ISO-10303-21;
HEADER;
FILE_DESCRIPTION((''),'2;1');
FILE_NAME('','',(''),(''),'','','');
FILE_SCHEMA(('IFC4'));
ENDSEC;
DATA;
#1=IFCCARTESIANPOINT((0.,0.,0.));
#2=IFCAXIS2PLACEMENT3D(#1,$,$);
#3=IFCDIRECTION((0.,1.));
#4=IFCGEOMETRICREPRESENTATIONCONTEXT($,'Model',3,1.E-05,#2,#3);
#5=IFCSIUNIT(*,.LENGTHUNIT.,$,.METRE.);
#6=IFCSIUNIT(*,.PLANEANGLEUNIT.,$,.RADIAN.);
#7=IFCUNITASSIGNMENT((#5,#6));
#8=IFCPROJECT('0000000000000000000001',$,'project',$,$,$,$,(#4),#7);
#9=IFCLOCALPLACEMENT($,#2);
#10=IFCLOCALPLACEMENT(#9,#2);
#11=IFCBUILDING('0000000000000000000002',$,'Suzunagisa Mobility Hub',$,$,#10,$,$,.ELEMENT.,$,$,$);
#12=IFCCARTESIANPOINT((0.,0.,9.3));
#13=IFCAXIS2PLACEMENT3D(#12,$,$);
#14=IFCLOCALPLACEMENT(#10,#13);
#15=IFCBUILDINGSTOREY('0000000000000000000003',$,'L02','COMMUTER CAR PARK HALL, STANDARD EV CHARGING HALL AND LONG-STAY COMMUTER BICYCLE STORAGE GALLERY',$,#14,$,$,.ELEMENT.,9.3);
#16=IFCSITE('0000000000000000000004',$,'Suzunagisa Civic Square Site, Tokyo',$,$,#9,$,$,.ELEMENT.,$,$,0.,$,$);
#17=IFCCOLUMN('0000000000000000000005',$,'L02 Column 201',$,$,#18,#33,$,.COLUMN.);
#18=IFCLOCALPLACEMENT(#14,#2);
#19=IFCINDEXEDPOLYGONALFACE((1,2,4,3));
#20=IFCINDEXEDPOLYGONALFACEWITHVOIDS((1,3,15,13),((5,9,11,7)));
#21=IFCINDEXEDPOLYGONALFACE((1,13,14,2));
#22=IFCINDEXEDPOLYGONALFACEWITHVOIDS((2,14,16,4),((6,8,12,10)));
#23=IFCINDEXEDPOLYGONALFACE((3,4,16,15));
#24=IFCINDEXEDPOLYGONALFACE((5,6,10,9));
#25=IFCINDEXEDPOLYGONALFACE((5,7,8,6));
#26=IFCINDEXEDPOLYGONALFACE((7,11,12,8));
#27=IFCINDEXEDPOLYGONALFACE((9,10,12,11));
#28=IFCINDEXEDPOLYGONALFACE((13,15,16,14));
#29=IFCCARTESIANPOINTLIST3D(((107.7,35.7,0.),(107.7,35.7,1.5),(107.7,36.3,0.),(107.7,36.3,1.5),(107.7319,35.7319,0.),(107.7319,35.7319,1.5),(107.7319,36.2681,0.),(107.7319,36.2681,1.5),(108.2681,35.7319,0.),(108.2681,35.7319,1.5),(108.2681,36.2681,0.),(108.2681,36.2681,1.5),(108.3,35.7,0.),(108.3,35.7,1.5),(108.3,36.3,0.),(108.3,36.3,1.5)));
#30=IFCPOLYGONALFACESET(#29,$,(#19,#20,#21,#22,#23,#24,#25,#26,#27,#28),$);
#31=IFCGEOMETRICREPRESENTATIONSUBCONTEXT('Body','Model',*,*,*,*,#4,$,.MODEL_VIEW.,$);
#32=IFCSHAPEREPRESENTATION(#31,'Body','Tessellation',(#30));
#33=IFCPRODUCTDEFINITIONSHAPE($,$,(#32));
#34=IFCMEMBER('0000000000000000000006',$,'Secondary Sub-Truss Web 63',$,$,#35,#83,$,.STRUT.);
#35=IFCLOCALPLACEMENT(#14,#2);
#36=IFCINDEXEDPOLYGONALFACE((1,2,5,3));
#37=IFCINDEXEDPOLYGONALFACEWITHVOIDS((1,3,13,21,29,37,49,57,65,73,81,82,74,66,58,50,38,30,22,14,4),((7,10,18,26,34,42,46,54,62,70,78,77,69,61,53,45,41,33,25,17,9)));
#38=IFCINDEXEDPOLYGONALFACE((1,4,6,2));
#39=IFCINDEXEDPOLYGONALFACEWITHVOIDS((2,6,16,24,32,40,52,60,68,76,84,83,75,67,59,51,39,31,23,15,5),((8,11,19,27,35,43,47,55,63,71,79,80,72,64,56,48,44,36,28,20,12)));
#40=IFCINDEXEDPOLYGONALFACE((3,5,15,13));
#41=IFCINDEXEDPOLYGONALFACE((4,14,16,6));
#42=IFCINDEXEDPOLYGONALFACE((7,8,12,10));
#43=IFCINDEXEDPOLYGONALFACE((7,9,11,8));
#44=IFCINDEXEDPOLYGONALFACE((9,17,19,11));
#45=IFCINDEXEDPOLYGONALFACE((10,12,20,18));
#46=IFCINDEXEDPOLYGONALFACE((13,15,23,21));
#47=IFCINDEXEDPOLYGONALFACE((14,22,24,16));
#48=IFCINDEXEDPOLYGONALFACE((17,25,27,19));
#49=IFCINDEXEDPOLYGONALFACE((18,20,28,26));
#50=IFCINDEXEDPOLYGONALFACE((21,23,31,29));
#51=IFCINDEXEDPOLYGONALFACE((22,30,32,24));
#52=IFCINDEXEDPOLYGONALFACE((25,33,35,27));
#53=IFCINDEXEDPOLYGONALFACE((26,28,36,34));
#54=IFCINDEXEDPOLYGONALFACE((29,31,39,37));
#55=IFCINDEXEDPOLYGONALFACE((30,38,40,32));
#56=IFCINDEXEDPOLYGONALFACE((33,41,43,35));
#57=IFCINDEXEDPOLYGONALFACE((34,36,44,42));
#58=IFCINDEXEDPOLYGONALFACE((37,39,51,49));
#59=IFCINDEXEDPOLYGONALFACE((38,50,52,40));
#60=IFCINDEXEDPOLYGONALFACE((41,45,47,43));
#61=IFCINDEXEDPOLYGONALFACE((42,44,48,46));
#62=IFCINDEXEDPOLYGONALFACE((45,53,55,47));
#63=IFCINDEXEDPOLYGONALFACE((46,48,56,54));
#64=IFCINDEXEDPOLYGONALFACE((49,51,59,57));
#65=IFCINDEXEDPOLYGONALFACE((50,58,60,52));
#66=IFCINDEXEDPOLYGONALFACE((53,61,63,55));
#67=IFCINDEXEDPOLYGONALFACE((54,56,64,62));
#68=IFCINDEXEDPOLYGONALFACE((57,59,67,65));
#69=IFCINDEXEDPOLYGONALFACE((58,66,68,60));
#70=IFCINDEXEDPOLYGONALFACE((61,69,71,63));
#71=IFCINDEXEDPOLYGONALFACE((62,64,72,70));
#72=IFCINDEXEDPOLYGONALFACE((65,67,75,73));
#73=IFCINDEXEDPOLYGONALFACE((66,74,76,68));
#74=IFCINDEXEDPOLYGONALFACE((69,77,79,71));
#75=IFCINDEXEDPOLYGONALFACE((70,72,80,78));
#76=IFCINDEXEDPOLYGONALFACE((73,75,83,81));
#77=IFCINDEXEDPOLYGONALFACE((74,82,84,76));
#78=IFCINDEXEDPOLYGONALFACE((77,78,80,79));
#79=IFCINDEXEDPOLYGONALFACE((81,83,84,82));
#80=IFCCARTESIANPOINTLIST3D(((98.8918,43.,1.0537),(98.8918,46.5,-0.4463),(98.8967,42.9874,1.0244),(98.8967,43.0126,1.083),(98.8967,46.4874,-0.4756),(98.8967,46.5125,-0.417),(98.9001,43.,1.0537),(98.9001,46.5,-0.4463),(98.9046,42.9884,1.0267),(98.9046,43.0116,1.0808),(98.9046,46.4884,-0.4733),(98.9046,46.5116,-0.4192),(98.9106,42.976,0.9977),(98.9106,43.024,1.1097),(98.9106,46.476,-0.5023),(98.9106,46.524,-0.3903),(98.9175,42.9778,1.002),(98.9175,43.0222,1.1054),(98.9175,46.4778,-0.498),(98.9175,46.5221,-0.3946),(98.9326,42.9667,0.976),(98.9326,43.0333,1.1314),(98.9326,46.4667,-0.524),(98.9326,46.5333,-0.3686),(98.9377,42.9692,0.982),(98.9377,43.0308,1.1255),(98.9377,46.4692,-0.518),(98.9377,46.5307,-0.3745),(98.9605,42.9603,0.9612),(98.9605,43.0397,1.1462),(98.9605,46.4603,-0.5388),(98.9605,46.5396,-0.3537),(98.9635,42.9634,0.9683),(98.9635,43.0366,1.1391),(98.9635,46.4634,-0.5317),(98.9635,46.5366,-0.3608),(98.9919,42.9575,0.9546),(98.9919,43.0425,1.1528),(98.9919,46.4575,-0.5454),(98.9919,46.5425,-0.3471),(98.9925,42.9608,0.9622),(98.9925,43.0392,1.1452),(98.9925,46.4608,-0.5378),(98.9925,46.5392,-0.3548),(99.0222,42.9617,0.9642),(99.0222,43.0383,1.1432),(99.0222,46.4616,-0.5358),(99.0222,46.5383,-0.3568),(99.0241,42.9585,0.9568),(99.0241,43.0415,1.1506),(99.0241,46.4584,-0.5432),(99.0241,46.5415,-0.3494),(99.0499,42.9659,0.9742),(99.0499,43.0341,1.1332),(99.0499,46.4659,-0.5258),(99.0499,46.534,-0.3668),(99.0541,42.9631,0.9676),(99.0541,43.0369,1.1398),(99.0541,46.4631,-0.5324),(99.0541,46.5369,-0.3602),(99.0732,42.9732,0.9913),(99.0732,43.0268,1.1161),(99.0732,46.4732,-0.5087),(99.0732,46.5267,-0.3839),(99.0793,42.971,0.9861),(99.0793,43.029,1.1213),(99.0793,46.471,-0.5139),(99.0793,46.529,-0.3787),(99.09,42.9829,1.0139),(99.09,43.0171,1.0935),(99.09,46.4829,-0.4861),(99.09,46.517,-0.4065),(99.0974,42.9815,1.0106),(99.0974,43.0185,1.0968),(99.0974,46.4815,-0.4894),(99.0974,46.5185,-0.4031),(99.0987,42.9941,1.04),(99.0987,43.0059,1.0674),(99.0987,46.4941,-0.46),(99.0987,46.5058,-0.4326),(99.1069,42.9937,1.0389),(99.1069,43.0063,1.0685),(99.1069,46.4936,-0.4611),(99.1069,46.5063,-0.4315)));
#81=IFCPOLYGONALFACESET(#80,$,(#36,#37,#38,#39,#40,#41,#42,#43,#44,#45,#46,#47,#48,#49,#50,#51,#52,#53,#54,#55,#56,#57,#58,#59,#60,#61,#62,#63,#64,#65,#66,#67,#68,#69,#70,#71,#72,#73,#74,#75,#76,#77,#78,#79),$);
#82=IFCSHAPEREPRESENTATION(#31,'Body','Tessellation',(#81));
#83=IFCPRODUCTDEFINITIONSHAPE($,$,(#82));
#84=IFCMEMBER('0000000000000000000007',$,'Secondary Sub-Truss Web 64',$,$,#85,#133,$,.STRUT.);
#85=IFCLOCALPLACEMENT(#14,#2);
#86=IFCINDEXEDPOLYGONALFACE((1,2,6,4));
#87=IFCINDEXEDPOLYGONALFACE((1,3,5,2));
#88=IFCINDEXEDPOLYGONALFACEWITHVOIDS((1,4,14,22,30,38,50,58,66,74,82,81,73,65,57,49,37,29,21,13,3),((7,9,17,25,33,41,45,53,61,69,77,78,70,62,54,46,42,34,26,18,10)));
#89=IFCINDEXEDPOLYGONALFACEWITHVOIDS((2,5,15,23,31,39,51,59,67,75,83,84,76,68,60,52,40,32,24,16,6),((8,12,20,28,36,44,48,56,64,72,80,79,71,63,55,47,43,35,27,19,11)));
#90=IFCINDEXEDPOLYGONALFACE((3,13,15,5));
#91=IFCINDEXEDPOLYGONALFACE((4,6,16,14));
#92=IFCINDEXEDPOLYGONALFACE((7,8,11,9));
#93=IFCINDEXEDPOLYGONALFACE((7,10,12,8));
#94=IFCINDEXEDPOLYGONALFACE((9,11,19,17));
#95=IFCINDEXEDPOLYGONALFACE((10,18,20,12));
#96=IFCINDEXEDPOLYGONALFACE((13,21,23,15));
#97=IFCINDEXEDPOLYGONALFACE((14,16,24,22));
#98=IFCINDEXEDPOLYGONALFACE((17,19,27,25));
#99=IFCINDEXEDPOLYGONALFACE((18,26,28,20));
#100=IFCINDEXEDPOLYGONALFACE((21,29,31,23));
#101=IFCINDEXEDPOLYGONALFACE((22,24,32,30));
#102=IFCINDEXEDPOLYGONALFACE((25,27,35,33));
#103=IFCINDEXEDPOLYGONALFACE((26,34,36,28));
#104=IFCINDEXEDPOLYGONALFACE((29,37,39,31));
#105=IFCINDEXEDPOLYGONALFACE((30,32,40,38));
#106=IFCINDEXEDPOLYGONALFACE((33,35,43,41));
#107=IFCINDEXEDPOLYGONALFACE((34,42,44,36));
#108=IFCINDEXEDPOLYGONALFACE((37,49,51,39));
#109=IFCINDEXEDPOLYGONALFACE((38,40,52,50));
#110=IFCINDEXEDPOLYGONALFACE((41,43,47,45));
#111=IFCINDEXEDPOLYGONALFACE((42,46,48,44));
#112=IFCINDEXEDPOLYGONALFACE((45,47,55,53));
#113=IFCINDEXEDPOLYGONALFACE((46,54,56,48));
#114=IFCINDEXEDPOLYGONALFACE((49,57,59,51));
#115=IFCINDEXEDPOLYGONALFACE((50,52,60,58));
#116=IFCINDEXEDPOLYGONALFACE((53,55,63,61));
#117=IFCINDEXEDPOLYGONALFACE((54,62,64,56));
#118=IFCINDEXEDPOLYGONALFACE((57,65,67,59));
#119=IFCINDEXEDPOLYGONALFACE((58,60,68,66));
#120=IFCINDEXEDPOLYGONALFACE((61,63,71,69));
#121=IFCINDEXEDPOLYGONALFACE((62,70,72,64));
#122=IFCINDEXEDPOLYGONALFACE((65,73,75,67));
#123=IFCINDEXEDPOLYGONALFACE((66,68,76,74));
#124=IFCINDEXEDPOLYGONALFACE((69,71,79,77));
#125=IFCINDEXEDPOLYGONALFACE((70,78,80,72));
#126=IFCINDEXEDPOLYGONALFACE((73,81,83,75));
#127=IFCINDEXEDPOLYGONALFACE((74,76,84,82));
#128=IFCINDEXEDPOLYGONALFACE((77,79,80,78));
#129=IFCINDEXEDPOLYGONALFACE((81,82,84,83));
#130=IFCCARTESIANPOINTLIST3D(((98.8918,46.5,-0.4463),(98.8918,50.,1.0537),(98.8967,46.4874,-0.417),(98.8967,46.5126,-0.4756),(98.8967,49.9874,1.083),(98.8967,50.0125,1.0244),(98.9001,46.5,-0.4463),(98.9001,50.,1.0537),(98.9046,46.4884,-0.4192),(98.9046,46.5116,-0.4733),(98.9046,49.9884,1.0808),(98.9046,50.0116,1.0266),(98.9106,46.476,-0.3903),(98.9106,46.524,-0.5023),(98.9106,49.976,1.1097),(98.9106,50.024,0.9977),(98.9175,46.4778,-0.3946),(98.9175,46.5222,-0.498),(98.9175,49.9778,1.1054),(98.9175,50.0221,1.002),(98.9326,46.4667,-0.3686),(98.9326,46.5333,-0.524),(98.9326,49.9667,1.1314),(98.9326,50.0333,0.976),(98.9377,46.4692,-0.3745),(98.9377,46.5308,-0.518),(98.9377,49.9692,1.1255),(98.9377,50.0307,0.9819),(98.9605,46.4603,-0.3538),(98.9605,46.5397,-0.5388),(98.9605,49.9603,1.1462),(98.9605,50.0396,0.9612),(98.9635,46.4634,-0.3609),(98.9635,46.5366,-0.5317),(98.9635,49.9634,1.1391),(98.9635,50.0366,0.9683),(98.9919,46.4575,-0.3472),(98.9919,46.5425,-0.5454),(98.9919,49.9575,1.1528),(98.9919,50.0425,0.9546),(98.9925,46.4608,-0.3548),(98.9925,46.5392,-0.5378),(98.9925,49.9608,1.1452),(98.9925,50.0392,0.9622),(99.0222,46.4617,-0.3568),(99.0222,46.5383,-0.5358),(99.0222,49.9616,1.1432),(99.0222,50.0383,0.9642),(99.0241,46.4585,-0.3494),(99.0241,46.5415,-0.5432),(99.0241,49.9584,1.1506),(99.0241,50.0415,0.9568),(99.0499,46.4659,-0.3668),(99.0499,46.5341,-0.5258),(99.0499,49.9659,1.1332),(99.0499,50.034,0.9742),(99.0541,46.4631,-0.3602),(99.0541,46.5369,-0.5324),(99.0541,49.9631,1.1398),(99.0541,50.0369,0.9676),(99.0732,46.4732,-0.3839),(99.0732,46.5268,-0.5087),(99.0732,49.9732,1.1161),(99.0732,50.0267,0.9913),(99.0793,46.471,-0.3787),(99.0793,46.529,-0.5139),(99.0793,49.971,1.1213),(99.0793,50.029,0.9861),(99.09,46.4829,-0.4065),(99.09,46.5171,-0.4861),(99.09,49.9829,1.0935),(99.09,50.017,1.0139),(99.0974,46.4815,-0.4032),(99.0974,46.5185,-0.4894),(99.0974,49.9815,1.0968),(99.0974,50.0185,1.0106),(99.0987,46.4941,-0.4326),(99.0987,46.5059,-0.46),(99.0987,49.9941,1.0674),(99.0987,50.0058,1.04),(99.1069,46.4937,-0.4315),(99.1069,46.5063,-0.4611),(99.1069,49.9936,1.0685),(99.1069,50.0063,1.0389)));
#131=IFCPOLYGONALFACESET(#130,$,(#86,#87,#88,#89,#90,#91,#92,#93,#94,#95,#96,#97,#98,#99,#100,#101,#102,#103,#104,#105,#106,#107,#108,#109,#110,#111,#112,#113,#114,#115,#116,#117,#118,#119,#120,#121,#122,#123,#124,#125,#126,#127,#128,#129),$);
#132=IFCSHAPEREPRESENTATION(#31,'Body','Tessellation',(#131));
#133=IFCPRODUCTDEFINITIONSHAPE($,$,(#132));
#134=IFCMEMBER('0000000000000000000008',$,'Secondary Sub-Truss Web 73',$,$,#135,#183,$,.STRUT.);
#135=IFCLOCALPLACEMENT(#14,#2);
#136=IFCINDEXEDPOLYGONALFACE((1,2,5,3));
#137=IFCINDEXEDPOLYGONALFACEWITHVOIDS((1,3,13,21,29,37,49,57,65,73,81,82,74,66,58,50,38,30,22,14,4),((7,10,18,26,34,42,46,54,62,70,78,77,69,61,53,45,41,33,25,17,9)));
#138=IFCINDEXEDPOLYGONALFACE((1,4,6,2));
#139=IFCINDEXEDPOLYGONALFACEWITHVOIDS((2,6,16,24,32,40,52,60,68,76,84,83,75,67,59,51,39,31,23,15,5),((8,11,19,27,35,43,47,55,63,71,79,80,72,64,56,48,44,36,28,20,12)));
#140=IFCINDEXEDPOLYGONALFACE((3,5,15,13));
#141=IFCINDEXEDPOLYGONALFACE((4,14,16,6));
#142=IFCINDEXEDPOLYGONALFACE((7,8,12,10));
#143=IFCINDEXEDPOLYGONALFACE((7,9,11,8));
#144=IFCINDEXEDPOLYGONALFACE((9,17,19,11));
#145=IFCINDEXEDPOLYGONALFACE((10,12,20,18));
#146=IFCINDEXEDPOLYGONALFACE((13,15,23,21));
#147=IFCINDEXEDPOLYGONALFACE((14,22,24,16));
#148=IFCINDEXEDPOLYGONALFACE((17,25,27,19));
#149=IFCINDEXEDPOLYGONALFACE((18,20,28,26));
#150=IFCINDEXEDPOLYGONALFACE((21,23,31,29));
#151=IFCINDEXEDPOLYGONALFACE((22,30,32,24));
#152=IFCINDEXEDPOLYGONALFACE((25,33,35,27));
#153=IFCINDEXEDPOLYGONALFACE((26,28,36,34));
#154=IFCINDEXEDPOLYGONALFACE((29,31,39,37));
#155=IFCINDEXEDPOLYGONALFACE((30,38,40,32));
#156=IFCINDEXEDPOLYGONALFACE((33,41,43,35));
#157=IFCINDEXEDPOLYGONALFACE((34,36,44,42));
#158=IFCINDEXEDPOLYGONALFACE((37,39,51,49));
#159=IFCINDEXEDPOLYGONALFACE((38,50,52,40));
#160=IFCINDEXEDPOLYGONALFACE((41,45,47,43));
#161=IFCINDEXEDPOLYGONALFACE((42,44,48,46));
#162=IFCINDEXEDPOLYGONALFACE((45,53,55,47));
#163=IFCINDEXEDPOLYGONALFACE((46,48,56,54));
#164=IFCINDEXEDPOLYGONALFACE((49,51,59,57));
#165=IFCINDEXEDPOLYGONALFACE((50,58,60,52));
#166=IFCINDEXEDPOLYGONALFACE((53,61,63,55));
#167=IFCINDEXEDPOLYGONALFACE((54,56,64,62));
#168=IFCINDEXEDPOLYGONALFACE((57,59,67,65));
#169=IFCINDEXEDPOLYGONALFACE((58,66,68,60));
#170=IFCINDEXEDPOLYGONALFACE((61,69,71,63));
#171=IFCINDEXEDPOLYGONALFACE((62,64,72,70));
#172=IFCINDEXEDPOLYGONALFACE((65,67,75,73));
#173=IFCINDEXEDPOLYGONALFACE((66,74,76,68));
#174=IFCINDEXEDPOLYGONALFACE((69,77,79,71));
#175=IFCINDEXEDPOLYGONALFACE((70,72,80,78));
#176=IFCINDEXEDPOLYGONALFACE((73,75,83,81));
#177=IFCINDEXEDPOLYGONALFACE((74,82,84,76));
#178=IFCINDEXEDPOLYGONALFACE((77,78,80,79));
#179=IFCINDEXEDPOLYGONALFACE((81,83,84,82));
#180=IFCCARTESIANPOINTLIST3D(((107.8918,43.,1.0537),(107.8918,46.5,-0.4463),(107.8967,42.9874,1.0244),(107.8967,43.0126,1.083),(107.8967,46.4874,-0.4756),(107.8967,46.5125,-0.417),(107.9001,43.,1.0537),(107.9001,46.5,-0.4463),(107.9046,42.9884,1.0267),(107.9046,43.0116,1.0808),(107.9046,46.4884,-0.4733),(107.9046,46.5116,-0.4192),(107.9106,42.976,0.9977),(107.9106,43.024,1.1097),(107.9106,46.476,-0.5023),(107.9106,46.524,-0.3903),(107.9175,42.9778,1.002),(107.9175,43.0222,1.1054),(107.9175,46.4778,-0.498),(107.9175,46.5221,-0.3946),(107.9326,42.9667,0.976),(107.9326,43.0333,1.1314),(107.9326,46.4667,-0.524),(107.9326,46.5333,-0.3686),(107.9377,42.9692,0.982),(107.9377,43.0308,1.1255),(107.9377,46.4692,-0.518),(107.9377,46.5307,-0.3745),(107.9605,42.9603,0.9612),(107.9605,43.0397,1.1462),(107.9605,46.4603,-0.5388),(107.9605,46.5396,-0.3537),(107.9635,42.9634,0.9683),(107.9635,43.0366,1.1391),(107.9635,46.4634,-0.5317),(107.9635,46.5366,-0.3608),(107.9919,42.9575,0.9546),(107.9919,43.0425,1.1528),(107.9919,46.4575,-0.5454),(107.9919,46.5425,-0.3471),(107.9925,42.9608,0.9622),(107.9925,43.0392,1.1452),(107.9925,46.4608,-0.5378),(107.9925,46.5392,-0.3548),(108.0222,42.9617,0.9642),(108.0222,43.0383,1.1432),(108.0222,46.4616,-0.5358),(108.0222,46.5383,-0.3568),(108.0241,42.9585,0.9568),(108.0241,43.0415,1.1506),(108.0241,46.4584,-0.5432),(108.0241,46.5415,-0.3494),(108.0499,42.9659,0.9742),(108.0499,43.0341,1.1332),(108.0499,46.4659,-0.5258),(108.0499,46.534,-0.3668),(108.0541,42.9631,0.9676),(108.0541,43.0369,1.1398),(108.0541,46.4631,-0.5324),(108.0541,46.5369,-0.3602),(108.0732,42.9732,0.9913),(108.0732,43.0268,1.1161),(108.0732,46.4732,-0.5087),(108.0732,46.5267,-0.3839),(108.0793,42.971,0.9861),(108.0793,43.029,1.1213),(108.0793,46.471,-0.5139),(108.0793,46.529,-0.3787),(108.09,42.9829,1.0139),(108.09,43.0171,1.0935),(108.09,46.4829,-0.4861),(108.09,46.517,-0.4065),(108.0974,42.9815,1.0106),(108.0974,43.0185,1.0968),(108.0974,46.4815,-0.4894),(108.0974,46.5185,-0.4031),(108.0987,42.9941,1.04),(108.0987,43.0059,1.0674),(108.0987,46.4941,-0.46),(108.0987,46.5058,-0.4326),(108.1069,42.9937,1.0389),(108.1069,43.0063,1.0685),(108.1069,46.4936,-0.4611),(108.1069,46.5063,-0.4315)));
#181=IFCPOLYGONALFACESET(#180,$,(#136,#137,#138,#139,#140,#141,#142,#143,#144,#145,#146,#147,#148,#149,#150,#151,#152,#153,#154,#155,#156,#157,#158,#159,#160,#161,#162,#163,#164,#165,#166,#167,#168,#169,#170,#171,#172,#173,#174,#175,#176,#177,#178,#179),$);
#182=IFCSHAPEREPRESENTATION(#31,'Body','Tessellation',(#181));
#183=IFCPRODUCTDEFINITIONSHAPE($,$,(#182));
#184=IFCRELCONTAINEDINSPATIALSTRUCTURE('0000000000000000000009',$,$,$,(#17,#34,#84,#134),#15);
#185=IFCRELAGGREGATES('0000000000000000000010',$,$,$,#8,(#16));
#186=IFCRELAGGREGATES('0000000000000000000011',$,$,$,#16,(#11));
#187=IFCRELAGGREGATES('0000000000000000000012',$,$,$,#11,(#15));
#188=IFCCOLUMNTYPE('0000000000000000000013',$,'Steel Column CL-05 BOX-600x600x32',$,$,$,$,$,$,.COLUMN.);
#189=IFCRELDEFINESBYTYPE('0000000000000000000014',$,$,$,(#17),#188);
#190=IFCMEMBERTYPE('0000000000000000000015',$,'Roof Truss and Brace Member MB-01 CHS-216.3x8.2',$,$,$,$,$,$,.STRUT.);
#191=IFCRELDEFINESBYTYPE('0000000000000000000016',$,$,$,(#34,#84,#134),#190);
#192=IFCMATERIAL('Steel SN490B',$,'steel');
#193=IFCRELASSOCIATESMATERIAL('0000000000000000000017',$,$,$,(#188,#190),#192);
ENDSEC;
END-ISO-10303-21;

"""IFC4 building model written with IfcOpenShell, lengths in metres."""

from ifc_helpers import new_model, si_unit, direction, frame, origin, origin_2d, place, context, subcontext, project, spatial, hollow_rectangle, hollow_circle, extrude, material, material_profile, profile_set, type_object, element, save


model = new_model("IFC4")

# Units and contexts
model_context = context("Model", 3, precision=1e-05, world=origin(), true_north=direction((0.0, 1.0)))
body_context = subcontext(model_context, "Body", "Model", "MODEL_VIEW")
ifc_project = project(units=[si_unit("LENGTHUNIT", "METRE"), si_unit("PLANEANGLEUNIT", "RADIAN")], contexts=[model_context])

# Site, building, storey
site_placement = place(None, origin())
site = spatial("IfcSite", under=ifc_project, at=site_placement, Name="Suzunagisa Civic Square Site, Tokyo", CompositionType="ELEMENT", RefElevation=0.0)
building_placement = place(site_placement, origin())
building = spatial("IfcBuilding", under=site, at=building_placement, Name="Suzunagisa Mobility Hub", CompositionType="ELEMENT")
storey_placement = place(building_placement, frame((0.0, 0.0, 9.3)))
storey = spatial("IfcBuildingStorey", under=building, at=storey_placement, Name="L02", Description="COMMUTER CAR PARK HALL, STANDARD EV CHARGING HALL AND LONG-STAY COMMUTER BICYCLE STORAGE GALLERY", CompositionType="ELEMENT", Elevation=9.3)

# Column
ifc_material_1 = material(Name="Steel SN490B", Category="steel")
ifc_material_profile_1 = material_profile(ifc_material_1, hollow_rectangle(XDim=0.6001, YDim=0.6001, WallThickness=0.032, at=origin_2d()), Name="BOX-600x600x32")
ifc_profile_set_1 = profile_set([ifc_material_profile_1], Name="Steel SN490B")
column_type = type_object("IfcColumnType", Name="Steel Column CL-05 BOX-600x600x32", PredefinedType="COLUMN", material=ifc_profile_set_1)
column_placement = place(storey_placement, frame((108.0, 36.0, 0.0), z_axis=(0.0, 0.0, 1.0), x_axis=(1.0, 0.0, 0.0)))
element("IfcColumn", 1, at=column_placement, inside=storey, type_object=column_type, Name="L02 Column 201", PredefinedType="COLUMN", context=body_context, shape_type="SweptSolid", body=[
    extrude(hollow_rectangle(XDim=0.6001, YDim=0.6001, WallThickness=0.032, at=origin_2d()), origin(), (0.0, 0.0, 1.0), 1.5),
])

# Members
ifc_material_profile_2 = material_profile(ifc_material_1, hollow_circle(Radius=0.1082, WallThickness=0.0083, at=origin_2d()), Name="CHS-216.3x8.2")
ifc_profile_set_2 = profile_set([ifc_material_profile_2], Name="Steel SN490B")
member_type_1 = type_object("IfcMemberType", Name="Roof Truss and Brace Member MB-01 CHS-216.3x8.2", PredefinedType="STRUT", material=ifc_profile_set_2)
for number, where, z_axis, x_axis, name in (
    (2, (99.0, 43.0, 1.0537), (0.0, 0.919145, -0.393919), (-1.0, 0.0, 0.0), "Secondary Sub-Truss Web 63"),
    (3, (99.0, 46.5, -0.4463), (0.0, 0.919145, 0.393919), (-1.0, 0.0, 0.0), "Secondary Sub-Truss Web 64"),
    (4, (108.0, 43.0, 1.0537), (0.0, 0.919145, -0.393919), (-1.0, 0.0, 0.0), "Secondary Sub-Truss Web 73"),
):
    element("IfcMember", number, at=place(storey_placement, frame(where, z_axis=z_axis, x_axis=x_axis)), inside=storey, type_object=member_type_1, Name=name, PredefinedType="STRUT", context=body_context, shape_type="SweptSolid", body=[
        extrude(hollow_circle(Radius=0.1082, WallThickness=0.0083, at=origin_2d()), origin(), (0.0, 0.0, 1.0), 3.8079),
    ])

save(model, "model.ifc")
